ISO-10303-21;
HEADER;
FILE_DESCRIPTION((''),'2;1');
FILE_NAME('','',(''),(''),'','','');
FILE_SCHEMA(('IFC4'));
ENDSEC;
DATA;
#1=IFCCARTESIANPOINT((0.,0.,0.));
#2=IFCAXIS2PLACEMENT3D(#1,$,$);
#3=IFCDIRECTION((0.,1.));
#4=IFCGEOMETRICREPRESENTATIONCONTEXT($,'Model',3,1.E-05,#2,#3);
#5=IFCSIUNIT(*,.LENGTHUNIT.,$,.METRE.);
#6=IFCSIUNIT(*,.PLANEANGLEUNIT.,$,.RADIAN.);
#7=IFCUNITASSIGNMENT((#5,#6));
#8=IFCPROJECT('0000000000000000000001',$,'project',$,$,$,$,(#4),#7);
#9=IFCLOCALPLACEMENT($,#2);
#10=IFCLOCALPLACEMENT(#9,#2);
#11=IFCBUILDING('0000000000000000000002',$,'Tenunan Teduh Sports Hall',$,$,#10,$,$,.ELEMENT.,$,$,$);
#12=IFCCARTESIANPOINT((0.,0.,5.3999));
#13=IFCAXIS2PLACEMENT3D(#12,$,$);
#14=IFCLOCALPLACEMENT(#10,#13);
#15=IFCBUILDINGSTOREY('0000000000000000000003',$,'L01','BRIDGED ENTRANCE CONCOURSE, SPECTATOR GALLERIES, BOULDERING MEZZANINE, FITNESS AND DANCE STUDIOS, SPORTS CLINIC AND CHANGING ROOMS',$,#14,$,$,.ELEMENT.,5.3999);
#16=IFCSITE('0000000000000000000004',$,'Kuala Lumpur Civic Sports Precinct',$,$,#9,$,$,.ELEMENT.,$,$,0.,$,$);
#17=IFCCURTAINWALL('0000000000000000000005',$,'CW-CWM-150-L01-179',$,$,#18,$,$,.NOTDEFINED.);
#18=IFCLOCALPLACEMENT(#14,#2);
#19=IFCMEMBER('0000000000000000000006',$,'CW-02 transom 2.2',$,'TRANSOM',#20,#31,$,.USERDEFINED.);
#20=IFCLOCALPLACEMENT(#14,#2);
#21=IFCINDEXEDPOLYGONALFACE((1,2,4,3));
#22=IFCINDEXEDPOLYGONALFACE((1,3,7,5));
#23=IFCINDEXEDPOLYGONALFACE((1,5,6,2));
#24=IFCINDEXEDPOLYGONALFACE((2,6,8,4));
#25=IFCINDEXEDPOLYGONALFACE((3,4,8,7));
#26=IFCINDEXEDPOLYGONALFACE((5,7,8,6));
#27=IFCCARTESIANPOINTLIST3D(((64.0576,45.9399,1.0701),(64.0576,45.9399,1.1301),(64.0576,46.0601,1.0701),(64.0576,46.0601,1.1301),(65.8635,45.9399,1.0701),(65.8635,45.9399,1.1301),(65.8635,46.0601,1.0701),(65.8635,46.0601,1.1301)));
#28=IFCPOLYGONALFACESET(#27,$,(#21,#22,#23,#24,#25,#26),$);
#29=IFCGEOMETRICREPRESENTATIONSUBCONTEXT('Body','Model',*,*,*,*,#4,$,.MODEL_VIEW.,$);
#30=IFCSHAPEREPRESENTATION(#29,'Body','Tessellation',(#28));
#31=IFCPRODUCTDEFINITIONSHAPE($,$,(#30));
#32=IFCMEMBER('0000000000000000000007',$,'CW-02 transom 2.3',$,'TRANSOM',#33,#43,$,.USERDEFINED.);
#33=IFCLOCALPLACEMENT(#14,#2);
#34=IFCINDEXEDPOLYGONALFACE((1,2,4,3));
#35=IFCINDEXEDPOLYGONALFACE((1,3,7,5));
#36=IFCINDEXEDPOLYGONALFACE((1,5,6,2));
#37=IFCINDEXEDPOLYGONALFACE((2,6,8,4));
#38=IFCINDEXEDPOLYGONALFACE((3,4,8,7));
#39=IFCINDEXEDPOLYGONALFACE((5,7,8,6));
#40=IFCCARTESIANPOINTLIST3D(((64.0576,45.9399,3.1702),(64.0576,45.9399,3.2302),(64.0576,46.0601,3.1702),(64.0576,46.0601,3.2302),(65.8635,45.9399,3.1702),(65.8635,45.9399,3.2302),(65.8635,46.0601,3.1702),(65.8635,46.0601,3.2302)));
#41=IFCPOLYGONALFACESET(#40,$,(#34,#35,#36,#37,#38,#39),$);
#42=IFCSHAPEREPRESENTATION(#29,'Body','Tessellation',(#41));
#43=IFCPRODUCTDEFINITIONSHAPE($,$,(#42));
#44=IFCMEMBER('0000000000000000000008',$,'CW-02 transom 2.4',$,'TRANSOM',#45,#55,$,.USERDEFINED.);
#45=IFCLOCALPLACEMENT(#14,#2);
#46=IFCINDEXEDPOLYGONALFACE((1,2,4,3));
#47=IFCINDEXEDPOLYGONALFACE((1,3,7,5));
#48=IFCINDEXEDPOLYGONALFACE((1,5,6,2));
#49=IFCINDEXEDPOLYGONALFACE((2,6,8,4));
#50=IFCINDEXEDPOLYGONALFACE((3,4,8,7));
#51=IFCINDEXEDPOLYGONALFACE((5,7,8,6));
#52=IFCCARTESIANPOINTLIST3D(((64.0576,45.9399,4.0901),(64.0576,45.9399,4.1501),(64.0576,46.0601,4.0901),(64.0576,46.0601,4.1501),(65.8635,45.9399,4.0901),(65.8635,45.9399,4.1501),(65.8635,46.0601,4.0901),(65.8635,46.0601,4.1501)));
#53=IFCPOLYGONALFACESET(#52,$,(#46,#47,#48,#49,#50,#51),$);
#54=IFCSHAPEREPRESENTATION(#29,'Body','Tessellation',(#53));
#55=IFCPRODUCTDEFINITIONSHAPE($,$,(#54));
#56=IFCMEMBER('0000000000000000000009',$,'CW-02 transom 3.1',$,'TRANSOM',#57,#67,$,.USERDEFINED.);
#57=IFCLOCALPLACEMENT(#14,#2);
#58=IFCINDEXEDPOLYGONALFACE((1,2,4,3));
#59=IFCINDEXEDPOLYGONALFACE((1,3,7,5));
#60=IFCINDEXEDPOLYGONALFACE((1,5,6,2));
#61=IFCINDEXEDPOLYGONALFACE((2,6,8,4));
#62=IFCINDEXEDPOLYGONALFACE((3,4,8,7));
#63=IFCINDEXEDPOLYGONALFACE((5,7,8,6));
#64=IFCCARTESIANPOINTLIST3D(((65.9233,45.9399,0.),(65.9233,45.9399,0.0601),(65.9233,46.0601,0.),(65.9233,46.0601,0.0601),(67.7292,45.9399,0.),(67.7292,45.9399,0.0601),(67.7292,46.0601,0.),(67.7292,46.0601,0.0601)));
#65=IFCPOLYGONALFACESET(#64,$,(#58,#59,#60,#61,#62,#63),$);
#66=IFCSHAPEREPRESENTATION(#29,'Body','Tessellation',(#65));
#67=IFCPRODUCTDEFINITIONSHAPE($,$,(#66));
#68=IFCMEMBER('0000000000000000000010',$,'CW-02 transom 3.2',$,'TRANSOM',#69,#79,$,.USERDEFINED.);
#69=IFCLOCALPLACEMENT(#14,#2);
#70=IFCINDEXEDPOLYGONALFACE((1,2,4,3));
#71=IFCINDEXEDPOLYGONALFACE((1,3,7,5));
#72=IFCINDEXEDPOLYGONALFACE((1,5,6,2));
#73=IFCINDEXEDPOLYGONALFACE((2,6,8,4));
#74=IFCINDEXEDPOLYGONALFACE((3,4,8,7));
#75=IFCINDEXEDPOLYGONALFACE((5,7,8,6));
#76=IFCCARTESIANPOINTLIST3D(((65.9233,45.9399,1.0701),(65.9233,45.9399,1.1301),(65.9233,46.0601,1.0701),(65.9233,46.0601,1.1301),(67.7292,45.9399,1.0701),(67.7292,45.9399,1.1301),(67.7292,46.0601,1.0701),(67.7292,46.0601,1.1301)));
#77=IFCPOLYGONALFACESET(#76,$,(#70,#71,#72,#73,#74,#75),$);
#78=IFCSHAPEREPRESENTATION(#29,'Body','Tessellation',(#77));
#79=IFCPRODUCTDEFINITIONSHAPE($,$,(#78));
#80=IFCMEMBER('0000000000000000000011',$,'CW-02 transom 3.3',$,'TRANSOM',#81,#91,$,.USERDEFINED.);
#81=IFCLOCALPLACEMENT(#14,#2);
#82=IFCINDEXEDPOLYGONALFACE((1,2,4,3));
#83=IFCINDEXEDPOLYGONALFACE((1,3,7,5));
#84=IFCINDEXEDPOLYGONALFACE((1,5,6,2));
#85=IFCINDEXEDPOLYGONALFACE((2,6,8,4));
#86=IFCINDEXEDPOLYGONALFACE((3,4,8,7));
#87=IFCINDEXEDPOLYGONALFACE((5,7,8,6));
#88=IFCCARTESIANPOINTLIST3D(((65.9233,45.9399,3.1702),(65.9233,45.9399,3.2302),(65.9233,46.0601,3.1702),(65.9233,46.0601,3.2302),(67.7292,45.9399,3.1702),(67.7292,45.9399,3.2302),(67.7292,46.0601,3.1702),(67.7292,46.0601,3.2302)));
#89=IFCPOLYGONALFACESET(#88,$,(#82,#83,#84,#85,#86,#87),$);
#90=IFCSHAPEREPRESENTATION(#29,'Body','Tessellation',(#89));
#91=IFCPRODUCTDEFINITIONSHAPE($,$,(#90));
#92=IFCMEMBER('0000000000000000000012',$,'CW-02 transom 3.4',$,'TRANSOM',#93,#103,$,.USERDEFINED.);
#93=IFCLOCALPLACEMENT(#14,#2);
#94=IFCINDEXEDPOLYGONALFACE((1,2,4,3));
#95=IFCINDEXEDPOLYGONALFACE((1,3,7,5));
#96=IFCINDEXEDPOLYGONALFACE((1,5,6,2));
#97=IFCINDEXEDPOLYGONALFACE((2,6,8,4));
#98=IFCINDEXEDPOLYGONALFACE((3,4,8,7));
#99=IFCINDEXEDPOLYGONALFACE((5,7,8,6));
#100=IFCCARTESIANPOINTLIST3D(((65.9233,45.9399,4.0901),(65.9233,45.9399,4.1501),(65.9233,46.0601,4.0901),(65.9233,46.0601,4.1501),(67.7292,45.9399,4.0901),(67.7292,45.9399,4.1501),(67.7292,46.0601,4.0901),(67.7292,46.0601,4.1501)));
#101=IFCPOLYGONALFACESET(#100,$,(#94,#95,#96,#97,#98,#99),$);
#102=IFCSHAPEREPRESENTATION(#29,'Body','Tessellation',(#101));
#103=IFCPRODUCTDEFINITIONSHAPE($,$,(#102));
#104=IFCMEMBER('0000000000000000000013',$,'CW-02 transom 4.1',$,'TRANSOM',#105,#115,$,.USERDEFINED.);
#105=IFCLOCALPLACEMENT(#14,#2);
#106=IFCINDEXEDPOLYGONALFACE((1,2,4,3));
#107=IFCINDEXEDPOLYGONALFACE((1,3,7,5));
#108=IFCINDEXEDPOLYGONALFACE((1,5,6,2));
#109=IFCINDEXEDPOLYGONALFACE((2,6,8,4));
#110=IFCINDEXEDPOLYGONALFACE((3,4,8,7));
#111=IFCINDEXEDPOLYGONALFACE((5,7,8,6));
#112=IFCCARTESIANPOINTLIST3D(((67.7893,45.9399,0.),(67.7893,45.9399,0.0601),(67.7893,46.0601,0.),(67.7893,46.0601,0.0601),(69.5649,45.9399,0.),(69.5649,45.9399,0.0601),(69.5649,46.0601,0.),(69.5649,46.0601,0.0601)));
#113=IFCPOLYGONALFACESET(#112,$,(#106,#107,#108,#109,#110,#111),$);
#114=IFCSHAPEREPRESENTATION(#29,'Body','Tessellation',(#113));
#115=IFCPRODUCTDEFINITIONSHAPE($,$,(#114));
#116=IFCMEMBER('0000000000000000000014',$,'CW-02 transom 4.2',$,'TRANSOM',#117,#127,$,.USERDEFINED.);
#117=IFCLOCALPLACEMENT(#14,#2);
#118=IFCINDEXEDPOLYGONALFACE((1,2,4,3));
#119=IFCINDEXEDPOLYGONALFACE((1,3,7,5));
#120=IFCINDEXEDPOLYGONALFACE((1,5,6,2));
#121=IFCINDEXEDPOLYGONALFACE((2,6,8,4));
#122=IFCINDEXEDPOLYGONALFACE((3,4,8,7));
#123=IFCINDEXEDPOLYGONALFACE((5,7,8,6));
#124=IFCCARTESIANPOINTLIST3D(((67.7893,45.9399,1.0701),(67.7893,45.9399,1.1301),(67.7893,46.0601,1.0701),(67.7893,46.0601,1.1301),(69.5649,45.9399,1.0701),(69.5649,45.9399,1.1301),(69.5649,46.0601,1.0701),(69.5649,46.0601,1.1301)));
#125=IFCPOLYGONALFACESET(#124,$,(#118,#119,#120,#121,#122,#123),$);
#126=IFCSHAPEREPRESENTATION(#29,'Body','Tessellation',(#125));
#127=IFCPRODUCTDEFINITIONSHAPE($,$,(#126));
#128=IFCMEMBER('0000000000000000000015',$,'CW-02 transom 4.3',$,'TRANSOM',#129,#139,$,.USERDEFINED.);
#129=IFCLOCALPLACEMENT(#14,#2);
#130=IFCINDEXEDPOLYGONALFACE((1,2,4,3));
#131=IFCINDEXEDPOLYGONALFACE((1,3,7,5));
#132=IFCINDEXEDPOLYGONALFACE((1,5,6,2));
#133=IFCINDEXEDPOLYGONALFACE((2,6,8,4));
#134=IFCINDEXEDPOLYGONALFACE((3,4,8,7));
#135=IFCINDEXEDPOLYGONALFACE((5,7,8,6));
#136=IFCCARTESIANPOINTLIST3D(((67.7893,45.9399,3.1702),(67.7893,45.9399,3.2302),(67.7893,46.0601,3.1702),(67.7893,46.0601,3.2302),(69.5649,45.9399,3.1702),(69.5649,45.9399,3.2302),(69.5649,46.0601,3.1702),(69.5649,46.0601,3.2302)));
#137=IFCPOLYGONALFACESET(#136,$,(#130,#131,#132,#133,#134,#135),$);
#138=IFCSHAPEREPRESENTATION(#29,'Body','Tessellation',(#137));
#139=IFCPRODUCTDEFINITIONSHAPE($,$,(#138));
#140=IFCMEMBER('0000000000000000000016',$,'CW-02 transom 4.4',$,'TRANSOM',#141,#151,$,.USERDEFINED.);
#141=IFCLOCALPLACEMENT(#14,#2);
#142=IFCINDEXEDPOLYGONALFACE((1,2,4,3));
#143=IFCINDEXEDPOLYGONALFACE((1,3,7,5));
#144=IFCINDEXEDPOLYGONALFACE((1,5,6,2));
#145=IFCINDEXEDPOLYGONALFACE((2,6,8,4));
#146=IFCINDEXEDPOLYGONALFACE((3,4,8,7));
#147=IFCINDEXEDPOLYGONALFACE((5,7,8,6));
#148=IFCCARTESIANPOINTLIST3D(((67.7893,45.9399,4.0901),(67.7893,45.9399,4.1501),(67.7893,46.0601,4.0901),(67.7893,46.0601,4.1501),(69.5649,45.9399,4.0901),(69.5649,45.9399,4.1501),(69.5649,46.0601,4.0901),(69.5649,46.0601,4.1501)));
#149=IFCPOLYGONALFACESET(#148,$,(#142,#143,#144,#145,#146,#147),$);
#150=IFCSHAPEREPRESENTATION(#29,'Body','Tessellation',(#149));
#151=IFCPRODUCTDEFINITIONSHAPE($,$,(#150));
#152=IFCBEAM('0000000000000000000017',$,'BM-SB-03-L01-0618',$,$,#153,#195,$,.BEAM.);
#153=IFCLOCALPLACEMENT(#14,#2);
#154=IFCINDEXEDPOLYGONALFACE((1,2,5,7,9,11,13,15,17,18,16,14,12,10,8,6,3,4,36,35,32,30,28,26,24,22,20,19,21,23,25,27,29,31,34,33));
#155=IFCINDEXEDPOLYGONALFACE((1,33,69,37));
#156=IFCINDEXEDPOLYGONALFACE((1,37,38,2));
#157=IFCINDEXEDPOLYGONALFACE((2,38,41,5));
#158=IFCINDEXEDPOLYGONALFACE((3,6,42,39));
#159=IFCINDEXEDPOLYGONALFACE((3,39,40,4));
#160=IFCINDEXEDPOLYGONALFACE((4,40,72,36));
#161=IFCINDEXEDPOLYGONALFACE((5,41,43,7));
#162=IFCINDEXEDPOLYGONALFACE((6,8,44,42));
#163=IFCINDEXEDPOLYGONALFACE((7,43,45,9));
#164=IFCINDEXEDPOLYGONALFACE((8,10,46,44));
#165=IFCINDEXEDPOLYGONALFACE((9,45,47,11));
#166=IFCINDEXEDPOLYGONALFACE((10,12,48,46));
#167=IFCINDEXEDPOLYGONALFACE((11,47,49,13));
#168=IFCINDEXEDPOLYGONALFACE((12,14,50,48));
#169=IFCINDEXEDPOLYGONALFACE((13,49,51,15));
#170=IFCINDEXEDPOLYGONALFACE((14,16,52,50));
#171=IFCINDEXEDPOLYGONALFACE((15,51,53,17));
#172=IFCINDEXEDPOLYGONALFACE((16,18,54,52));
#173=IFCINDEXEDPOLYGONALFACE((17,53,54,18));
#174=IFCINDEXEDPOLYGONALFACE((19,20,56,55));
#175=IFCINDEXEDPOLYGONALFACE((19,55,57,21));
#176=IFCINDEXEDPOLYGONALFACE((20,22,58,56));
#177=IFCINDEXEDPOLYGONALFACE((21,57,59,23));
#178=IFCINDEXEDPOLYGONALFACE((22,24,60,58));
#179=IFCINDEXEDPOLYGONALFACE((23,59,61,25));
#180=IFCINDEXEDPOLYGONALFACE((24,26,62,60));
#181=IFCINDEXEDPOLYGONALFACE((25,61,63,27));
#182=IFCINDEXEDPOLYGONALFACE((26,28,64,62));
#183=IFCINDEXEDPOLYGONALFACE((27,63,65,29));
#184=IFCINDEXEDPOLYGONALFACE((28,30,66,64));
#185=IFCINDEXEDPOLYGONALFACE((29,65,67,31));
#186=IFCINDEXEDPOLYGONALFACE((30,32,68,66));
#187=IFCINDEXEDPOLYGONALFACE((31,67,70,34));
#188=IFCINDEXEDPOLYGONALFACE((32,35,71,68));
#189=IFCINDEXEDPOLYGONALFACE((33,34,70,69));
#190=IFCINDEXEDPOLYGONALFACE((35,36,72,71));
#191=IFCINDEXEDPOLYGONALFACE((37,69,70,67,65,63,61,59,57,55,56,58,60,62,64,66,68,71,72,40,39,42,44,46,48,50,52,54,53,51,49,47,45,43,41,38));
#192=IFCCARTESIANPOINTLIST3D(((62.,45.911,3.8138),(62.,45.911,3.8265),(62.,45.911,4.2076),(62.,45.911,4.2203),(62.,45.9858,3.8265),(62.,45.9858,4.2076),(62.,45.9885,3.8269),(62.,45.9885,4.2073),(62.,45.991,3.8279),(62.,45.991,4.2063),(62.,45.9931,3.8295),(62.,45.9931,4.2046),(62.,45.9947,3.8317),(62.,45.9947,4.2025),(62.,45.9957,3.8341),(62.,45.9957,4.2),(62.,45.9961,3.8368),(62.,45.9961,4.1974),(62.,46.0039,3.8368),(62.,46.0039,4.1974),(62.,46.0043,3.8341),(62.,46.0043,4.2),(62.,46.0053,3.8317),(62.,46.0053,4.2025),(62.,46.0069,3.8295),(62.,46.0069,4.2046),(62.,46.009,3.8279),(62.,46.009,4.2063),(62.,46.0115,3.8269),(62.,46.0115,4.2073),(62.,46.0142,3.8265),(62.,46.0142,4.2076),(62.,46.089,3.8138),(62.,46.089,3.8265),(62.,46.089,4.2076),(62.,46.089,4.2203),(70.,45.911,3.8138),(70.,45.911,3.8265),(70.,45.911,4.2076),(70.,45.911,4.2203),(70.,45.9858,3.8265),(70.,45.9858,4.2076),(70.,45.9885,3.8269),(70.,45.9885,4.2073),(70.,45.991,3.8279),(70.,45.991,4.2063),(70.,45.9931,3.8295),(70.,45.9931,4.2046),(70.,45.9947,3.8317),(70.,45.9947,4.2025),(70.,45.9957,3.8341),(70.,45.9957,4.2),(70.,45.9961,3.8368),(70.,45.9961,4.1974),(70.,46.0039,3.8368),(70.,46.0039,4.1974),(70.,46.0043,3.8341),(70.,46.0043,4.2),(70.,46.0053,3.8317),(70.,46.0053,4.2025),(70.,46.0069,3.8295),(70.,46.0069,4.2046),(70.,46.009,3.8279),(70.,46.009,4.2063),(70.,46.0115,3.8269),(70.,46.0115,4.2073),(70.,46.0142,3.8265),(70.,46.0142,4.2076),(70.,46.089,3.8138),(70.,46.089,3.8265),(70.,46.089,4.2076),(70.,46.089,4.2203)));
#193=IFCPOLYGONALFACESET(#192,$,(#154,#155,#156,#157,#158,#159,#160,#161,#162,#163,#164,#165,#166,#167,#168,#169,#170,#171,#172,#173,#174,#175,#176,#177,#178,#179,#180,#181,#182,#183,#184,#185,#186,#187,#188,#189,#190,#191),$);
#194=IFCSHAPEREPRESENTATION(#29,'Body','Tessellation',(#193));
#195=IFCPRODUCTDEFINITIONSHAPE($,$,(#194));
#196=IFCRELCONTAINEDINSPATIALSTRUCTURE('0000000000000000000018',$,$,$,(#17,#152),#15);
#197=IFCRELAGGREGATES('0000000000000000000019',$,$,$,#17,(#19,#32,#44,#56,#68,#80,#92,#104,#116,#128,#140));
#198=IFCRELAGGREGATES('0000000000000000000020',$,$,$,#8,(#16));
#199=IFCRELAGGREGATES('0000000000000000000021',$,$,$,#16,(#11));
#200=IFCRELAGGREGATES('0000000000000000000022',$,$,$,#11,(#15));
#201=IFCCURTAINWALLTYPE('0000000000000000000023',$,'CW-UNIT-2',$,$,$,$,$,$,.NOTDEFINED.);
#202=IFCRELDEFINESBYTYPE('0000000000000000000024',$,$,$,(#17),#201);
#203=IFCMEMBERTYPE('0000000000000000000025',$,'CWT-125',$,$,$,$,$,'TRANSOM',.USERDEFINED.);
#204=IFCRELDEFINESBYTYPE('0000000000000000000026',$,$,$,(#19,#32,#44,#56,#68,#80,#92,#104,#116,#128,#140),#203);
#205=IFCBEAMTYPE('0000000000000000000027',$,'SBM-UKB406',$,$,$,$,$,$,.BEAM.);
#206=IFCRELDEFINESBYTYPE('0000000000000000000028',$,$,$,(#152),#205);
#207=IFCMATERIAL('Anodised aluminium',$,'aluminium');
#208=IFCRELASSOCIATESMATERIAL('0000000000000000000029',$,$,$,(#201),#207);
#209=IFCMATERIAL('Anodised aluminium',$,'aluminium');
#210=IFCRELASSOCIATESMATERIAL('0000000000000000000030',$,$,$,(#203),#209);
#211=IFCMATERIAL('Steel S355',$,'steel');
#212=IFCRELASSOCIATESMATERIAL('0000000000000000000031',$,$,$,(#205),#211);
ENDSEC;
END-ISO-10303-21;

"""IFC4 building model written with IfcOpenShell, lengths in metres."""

from ifc_helpers import new_model, si_unit, direction, frame, origin, origin_2d, place, context, subcontext, project, spatial, rectangle, i_section, extrude, material, material_profile, profile_set, type_object, element, aggregate, save


model = new_model("IFC4")

# Units and contexts
model_context = context("Model", 3, precision=1e-05, world=origin(), true_north=direction((0.0, 1.0)))
body_context = subcontext(model_context, "Body", "Model", "MODEL_VIEW")
ifc_project = project(units=[si_unit("LENGTHUNIT", "METRE"), si_unit("PLANEANGLEUNIT", "RADIAN")], contexts=[model_context])

# Site, building, storey
site_placement = place(None, origin())
site = spatial("IfcSite", under=ifc_project, at=site_placement, Name="Kuala Lumpur Civic Sports Precinct", CompositionType="ELEMENT", RefElevation=0.0)
building_placement = place(site_placement, origin())
building = spatial("IfcBuilding", under=site, at=building_placement, Name="Tenunan Teduh Sports Hall", CompositionType="ELEMENT")
storey_placement = place(building_placement, frame((0.0, 0.0, 5.3999)))
storey = spatial("IfcBuildingStorey", under=building, at=storey_placement, Name="L01", Description="BRIDGED ENTRANCE CONCOURSE, SPECTATOR GALLERIES, BOULDERING MEZZANINE, FITNESS AND DANCE STUDIOS, SPORTS CLINIC AND CHANGING ROOMS", CompositionType="ELEMENT", Elevation=5.3999)

# Curtain wall, members
ifc_material_1 = material(Name="Anodised aluminium", Category="aluminium")
curtain_wall_type = type_object("IfcCurtainWallType", Name="CW-UNIT-2", PredefinedType="NOTDEFINED", material=ifc_material_1)
curtain_wall_placement = place(storey_placement, origin())
curtain_wall = element("IfcCurtainWall", 1, at=curtain_wall_placement, inside=storey, type_object=curtain_wall_type, Name="CW-CWM-150-L01-179", PredefinedType="NOTDEFINED")
ifc_material_2 = material(Name="Anodised aluminium", Category="aluminium")
ifc_material_profile_1 = material_profile(ifc_material_2, rectangle(XDim=0.0601, YDim=0.1201, at=origin_2d()), Name="CWT 60x120")
ifc_profile_set_1 = profile_set([ifc_material_profile_1], Name="Anodised aluminium")
member_type_1 = type_object("IfcMemberType", Name="CWT-125", ElementType="TRANSOM", PredefinedType="USERDEFINED", material=ifc_profile_set_1)
member_1_placement = place(storey_placement, frame((64.0576, 46.0, 1.1001), z_axis=(1.0, 0.0, 0.0), x_axis=(0.0, 0.0, 1.0)))
member_1 = element("IfcMember", 2, at=member_1_placement, type_object=member_type_1, Name="CW-02 transom 2.2", ObjectType="TRANSOM", PredefinedType="USERDEFINED", context=body_context, shape_type="SweptSolid", body=[
    extrude(rectangle(XDim=0.0601, YDim=0.1201, at=origin_2d()), origin(), (0.0, 0.0, 1.0), 1.8059),
])
member_2_placement = place(storey_placement, frame((64.0576, 46.0, 3.2002), z_axis=(1.0, 0.0, 0.0), x_axis=(0.0, 0.0, 1.0)))
member_2 = element("IfcMember", 3, at=member_2_placement, type_object=member_type_1, Name="CW-02 transom 2.3", ObjectType="TRANSOM", PredefinedType="USERDEFINED", context=body_context, shape_type="SweptSolid", body=[
    extrude(rectangle(XDim=0.0601, YDim=0.1201, at=origin_2d()), origin(), (0.0, 0.0, 1.0), 1.8059),
])
member_3_placement = place(storey_placement, frame((64.0576, 46.0, 4.1201), z_axis=(1.0, 0.0, 0.0), x_axis=(0.0, 0.0, 1.0)))
member_3 = element("IfcMember", 4, at=member_3_placement, type_object=member_type_1, Name="CW-02 transom 2.4", ObjectType="TRANSOM", PredefinedType="USERDEFINED", context=body_context, shape_type="SweptSolid", body=[
    extrude(rectangle(XDim=0.0601, YDim=0.1201, at=origin_2d()), origin(), (0.0, 0.0, 1.0), 1.8059),
])
member_4_placement = place(storey_placement, frame((65.9233, 46.0, 0.03), z_axis=(1.0, 0.0, 0.0), x_axis=(0.0, 0.0, 1.0)))
member_4 = element("IfcMember", 5, at=member_4_placement, type_object=member_type_1, Name="CW-02 transom 3.1", ObjectType="TRANSOM", PredefinedType="USERDEFINED", context=body_context, shape_type="SweptSolid", body=[
    extrude(rectangle(XDim=0.0601, YDim=0.1201, at=origin_2d()), origin(), (0.0, 0.0, 1.0), 1.8059),
])
member_5_placement = place(storey_placement, frame((65.9233, 46.0, 1.1001), z_axis=(1.0, 0.0, 0.0), x_axis=(0.0, 0.0, 1.0)))
member_5 = element("IfcMember", 6, at=member_5_placement, type_object=member_type_1, Name="CW-02 transom 3.2", ObjectType="TRANSOM", PredefinedType="USERDEFINED", context=body_context, shape_type="SweptSolid", body=[
    extrude(rectangle(XDim=0.0601, YDim=0.1201, at=origin_2d()), origin(), (0.0, 0.0, 1.0), 1.8059),
])
member_6_placement = place(storey_placement, frame((65.9233, 46.0, 3.2002), z_axis=(1.0, 0.0, 0.0), x_axis=(0.0, 0.0, 1.0)))
member_6 = element("IfcMember", 7, at=member_6_placement, type_object=member_type_1, Name="CW-02 transom 3.3", ObjectType="TRANSOM", PredefinedType="USERDEFINED", context=body_context, shape_type="SweptSolid", body=[
    extrude(rectangle(XDim=0.0601, YDim=0.1201, at=origin_2d()), origin(), (0.0, 0.0, 1.0), 1.8059),
])
member_7_placement = place(storey_placement, frame((65.9233, 46.0, 4.1201), z_axis=(1.0, 0.0, 0.0), x_axis=(0.0, 0.0, 1.0)))
member_7 = element("IfcMember", 8, at=member_7_placement, type_object=member_type_1, Name="CW-02 transom 3.4", ObjectType="TRANSOM", PredefinedType="USERDEFINED", context=body_context, shape_type="SweptSolid", body=[
    extrude(rectangle(XDim=0.0601, YDim=0.1201, at=origin_2d()), origin(), (0.0, 0.0, 1.0), 1.8059),
])
member_8_placement = place(storey_placement, frame((67.7893, 46.0, 0.03), z_axis=(1.0, 0.0, 0.0), x_axis=(0.0, 0.0, 1.0)))
member_8 = element("IfcMember", 9, at=member_8_placement, type_object=member_type_1, Name="CW-02 transom 4.1", ObjectType="TRANSOM", PredefinedType="USERDEFINED", context=body_context, shape_type="SweptSolid", body=[
    extrude(rectangle(XDim=0.0601, YDim=0.1201, at=origin_2d()), origin(), (0.0, 0.0, 1.0), 1.7756),
])
member_9_placement = place(storey_placement, frame((67.7893, 46.0, 1.1001), z_axis=(1.0, 0.0, 0.0), x_axis=(0.0, 0.0, 1.0)))
member_9 = element("IfcMember", 10, at=member_9_placement, type_object=member_type_1, Name="CW-02 transom 4.2", ObjectType="TRANSOM", PredefinedType="USERDEFINED", context=body_context, shape_type="SweptSolid", body=[
    extrude(rectangle(XDim=0.0601, YDim=0.1201, at=origin_2d()), origin(), (0.0, 0.0, 1.0), 1.7756),
])
member_10_placement = place(storey_placement, frame((67.7893, 46.0, 3.2002), z_axis=(1.0, 0.0, 0.0), x_axis=(0.0, 0.0, 1.0)))
member_10 = element("IfcMember", 11, at=member_10_placement, type_object=member_type_1, Name="CW-02 transom 4.3", ObjectType="TRANSOM", PredefinedType="USERDEFINED", context=body_context, shape_type="SweptSolid", body=[
    extrude(rectangle(XDim=0.0601, YDim=0.1201, at=origin_2d()), origin(), (0.0, 0.0, 1.0), 1.7756),
])
member_11_placement = place(storey_placement, frame((67.7893, 46.0, 4.1201), z_axis=(1.0, 0.0, 0.0), x_axis=(0.0, 0.0, 1.0)))
member_11 = element("IfcMember", 12, at=member_11_placement, type_object=member_type_1, Name="CW-02 transom 4.4", ObjectType="TRANSOM", PredefinedType="USERDEFINED", context=body_context, shape_type="SweptSolid", body=[
    extrude(rectangle(XDim=0.0601, YDim=0.1201, at=origin_2d()), origin(), (0.0, 0.0, 1.0), 1.7756),
])

# Beam
ifc_material_3 = material(Name="Steel S355", Category="steel")
ifc_material_profile_2 = material_profile(ifc_material_3, i_section(OverallWidth=0.178, OverallDepth=0.4065, WebThickness=0.0078, FlangeThickness=0.0127, FilletRadius=0.0103, at=origin_2d()), Name="UKB 406x178x60")
ifc_profile_set_2 = profile_set([ifc_material_profile_2], Name="Steel S355")
beam_type_1 = type_object("IfcBeamType", Name="SBM-UKB406", PredefinedType="BEAM", material=ifc_profile_set_2)
beam_1_placement = place(storey_placement, frame((62.0, 46.0, 4.0171), z_axis=(1.0, 0.0, 0.0), x_axis=(0.0, 1.0, 0.0)))
element("IfcBeam", 13, at=beam_1_placement, inside=storey, type_object=beam_type_1, Name="BM-SB-03-L01-0618", PredefinedType="BEAM", context=body_context, shape_type="SweptSolid", body=[
    extrude(i_section(OverallWidth=0.178, OverallDepth=0.4065, WebThickness=0.0078, FlangeThickness=0.0127, FilletRadius=0.0103, at=origin_2d()), origin(), (0.0, 0.0, 1.0), 8.0),
])

aggregate(curtain_wall, [member_1, member_2, member_3, member_4, member_5, member_6, member_7, member_8, member_9, member_10, member_11])

save(model, "model.ifc")
